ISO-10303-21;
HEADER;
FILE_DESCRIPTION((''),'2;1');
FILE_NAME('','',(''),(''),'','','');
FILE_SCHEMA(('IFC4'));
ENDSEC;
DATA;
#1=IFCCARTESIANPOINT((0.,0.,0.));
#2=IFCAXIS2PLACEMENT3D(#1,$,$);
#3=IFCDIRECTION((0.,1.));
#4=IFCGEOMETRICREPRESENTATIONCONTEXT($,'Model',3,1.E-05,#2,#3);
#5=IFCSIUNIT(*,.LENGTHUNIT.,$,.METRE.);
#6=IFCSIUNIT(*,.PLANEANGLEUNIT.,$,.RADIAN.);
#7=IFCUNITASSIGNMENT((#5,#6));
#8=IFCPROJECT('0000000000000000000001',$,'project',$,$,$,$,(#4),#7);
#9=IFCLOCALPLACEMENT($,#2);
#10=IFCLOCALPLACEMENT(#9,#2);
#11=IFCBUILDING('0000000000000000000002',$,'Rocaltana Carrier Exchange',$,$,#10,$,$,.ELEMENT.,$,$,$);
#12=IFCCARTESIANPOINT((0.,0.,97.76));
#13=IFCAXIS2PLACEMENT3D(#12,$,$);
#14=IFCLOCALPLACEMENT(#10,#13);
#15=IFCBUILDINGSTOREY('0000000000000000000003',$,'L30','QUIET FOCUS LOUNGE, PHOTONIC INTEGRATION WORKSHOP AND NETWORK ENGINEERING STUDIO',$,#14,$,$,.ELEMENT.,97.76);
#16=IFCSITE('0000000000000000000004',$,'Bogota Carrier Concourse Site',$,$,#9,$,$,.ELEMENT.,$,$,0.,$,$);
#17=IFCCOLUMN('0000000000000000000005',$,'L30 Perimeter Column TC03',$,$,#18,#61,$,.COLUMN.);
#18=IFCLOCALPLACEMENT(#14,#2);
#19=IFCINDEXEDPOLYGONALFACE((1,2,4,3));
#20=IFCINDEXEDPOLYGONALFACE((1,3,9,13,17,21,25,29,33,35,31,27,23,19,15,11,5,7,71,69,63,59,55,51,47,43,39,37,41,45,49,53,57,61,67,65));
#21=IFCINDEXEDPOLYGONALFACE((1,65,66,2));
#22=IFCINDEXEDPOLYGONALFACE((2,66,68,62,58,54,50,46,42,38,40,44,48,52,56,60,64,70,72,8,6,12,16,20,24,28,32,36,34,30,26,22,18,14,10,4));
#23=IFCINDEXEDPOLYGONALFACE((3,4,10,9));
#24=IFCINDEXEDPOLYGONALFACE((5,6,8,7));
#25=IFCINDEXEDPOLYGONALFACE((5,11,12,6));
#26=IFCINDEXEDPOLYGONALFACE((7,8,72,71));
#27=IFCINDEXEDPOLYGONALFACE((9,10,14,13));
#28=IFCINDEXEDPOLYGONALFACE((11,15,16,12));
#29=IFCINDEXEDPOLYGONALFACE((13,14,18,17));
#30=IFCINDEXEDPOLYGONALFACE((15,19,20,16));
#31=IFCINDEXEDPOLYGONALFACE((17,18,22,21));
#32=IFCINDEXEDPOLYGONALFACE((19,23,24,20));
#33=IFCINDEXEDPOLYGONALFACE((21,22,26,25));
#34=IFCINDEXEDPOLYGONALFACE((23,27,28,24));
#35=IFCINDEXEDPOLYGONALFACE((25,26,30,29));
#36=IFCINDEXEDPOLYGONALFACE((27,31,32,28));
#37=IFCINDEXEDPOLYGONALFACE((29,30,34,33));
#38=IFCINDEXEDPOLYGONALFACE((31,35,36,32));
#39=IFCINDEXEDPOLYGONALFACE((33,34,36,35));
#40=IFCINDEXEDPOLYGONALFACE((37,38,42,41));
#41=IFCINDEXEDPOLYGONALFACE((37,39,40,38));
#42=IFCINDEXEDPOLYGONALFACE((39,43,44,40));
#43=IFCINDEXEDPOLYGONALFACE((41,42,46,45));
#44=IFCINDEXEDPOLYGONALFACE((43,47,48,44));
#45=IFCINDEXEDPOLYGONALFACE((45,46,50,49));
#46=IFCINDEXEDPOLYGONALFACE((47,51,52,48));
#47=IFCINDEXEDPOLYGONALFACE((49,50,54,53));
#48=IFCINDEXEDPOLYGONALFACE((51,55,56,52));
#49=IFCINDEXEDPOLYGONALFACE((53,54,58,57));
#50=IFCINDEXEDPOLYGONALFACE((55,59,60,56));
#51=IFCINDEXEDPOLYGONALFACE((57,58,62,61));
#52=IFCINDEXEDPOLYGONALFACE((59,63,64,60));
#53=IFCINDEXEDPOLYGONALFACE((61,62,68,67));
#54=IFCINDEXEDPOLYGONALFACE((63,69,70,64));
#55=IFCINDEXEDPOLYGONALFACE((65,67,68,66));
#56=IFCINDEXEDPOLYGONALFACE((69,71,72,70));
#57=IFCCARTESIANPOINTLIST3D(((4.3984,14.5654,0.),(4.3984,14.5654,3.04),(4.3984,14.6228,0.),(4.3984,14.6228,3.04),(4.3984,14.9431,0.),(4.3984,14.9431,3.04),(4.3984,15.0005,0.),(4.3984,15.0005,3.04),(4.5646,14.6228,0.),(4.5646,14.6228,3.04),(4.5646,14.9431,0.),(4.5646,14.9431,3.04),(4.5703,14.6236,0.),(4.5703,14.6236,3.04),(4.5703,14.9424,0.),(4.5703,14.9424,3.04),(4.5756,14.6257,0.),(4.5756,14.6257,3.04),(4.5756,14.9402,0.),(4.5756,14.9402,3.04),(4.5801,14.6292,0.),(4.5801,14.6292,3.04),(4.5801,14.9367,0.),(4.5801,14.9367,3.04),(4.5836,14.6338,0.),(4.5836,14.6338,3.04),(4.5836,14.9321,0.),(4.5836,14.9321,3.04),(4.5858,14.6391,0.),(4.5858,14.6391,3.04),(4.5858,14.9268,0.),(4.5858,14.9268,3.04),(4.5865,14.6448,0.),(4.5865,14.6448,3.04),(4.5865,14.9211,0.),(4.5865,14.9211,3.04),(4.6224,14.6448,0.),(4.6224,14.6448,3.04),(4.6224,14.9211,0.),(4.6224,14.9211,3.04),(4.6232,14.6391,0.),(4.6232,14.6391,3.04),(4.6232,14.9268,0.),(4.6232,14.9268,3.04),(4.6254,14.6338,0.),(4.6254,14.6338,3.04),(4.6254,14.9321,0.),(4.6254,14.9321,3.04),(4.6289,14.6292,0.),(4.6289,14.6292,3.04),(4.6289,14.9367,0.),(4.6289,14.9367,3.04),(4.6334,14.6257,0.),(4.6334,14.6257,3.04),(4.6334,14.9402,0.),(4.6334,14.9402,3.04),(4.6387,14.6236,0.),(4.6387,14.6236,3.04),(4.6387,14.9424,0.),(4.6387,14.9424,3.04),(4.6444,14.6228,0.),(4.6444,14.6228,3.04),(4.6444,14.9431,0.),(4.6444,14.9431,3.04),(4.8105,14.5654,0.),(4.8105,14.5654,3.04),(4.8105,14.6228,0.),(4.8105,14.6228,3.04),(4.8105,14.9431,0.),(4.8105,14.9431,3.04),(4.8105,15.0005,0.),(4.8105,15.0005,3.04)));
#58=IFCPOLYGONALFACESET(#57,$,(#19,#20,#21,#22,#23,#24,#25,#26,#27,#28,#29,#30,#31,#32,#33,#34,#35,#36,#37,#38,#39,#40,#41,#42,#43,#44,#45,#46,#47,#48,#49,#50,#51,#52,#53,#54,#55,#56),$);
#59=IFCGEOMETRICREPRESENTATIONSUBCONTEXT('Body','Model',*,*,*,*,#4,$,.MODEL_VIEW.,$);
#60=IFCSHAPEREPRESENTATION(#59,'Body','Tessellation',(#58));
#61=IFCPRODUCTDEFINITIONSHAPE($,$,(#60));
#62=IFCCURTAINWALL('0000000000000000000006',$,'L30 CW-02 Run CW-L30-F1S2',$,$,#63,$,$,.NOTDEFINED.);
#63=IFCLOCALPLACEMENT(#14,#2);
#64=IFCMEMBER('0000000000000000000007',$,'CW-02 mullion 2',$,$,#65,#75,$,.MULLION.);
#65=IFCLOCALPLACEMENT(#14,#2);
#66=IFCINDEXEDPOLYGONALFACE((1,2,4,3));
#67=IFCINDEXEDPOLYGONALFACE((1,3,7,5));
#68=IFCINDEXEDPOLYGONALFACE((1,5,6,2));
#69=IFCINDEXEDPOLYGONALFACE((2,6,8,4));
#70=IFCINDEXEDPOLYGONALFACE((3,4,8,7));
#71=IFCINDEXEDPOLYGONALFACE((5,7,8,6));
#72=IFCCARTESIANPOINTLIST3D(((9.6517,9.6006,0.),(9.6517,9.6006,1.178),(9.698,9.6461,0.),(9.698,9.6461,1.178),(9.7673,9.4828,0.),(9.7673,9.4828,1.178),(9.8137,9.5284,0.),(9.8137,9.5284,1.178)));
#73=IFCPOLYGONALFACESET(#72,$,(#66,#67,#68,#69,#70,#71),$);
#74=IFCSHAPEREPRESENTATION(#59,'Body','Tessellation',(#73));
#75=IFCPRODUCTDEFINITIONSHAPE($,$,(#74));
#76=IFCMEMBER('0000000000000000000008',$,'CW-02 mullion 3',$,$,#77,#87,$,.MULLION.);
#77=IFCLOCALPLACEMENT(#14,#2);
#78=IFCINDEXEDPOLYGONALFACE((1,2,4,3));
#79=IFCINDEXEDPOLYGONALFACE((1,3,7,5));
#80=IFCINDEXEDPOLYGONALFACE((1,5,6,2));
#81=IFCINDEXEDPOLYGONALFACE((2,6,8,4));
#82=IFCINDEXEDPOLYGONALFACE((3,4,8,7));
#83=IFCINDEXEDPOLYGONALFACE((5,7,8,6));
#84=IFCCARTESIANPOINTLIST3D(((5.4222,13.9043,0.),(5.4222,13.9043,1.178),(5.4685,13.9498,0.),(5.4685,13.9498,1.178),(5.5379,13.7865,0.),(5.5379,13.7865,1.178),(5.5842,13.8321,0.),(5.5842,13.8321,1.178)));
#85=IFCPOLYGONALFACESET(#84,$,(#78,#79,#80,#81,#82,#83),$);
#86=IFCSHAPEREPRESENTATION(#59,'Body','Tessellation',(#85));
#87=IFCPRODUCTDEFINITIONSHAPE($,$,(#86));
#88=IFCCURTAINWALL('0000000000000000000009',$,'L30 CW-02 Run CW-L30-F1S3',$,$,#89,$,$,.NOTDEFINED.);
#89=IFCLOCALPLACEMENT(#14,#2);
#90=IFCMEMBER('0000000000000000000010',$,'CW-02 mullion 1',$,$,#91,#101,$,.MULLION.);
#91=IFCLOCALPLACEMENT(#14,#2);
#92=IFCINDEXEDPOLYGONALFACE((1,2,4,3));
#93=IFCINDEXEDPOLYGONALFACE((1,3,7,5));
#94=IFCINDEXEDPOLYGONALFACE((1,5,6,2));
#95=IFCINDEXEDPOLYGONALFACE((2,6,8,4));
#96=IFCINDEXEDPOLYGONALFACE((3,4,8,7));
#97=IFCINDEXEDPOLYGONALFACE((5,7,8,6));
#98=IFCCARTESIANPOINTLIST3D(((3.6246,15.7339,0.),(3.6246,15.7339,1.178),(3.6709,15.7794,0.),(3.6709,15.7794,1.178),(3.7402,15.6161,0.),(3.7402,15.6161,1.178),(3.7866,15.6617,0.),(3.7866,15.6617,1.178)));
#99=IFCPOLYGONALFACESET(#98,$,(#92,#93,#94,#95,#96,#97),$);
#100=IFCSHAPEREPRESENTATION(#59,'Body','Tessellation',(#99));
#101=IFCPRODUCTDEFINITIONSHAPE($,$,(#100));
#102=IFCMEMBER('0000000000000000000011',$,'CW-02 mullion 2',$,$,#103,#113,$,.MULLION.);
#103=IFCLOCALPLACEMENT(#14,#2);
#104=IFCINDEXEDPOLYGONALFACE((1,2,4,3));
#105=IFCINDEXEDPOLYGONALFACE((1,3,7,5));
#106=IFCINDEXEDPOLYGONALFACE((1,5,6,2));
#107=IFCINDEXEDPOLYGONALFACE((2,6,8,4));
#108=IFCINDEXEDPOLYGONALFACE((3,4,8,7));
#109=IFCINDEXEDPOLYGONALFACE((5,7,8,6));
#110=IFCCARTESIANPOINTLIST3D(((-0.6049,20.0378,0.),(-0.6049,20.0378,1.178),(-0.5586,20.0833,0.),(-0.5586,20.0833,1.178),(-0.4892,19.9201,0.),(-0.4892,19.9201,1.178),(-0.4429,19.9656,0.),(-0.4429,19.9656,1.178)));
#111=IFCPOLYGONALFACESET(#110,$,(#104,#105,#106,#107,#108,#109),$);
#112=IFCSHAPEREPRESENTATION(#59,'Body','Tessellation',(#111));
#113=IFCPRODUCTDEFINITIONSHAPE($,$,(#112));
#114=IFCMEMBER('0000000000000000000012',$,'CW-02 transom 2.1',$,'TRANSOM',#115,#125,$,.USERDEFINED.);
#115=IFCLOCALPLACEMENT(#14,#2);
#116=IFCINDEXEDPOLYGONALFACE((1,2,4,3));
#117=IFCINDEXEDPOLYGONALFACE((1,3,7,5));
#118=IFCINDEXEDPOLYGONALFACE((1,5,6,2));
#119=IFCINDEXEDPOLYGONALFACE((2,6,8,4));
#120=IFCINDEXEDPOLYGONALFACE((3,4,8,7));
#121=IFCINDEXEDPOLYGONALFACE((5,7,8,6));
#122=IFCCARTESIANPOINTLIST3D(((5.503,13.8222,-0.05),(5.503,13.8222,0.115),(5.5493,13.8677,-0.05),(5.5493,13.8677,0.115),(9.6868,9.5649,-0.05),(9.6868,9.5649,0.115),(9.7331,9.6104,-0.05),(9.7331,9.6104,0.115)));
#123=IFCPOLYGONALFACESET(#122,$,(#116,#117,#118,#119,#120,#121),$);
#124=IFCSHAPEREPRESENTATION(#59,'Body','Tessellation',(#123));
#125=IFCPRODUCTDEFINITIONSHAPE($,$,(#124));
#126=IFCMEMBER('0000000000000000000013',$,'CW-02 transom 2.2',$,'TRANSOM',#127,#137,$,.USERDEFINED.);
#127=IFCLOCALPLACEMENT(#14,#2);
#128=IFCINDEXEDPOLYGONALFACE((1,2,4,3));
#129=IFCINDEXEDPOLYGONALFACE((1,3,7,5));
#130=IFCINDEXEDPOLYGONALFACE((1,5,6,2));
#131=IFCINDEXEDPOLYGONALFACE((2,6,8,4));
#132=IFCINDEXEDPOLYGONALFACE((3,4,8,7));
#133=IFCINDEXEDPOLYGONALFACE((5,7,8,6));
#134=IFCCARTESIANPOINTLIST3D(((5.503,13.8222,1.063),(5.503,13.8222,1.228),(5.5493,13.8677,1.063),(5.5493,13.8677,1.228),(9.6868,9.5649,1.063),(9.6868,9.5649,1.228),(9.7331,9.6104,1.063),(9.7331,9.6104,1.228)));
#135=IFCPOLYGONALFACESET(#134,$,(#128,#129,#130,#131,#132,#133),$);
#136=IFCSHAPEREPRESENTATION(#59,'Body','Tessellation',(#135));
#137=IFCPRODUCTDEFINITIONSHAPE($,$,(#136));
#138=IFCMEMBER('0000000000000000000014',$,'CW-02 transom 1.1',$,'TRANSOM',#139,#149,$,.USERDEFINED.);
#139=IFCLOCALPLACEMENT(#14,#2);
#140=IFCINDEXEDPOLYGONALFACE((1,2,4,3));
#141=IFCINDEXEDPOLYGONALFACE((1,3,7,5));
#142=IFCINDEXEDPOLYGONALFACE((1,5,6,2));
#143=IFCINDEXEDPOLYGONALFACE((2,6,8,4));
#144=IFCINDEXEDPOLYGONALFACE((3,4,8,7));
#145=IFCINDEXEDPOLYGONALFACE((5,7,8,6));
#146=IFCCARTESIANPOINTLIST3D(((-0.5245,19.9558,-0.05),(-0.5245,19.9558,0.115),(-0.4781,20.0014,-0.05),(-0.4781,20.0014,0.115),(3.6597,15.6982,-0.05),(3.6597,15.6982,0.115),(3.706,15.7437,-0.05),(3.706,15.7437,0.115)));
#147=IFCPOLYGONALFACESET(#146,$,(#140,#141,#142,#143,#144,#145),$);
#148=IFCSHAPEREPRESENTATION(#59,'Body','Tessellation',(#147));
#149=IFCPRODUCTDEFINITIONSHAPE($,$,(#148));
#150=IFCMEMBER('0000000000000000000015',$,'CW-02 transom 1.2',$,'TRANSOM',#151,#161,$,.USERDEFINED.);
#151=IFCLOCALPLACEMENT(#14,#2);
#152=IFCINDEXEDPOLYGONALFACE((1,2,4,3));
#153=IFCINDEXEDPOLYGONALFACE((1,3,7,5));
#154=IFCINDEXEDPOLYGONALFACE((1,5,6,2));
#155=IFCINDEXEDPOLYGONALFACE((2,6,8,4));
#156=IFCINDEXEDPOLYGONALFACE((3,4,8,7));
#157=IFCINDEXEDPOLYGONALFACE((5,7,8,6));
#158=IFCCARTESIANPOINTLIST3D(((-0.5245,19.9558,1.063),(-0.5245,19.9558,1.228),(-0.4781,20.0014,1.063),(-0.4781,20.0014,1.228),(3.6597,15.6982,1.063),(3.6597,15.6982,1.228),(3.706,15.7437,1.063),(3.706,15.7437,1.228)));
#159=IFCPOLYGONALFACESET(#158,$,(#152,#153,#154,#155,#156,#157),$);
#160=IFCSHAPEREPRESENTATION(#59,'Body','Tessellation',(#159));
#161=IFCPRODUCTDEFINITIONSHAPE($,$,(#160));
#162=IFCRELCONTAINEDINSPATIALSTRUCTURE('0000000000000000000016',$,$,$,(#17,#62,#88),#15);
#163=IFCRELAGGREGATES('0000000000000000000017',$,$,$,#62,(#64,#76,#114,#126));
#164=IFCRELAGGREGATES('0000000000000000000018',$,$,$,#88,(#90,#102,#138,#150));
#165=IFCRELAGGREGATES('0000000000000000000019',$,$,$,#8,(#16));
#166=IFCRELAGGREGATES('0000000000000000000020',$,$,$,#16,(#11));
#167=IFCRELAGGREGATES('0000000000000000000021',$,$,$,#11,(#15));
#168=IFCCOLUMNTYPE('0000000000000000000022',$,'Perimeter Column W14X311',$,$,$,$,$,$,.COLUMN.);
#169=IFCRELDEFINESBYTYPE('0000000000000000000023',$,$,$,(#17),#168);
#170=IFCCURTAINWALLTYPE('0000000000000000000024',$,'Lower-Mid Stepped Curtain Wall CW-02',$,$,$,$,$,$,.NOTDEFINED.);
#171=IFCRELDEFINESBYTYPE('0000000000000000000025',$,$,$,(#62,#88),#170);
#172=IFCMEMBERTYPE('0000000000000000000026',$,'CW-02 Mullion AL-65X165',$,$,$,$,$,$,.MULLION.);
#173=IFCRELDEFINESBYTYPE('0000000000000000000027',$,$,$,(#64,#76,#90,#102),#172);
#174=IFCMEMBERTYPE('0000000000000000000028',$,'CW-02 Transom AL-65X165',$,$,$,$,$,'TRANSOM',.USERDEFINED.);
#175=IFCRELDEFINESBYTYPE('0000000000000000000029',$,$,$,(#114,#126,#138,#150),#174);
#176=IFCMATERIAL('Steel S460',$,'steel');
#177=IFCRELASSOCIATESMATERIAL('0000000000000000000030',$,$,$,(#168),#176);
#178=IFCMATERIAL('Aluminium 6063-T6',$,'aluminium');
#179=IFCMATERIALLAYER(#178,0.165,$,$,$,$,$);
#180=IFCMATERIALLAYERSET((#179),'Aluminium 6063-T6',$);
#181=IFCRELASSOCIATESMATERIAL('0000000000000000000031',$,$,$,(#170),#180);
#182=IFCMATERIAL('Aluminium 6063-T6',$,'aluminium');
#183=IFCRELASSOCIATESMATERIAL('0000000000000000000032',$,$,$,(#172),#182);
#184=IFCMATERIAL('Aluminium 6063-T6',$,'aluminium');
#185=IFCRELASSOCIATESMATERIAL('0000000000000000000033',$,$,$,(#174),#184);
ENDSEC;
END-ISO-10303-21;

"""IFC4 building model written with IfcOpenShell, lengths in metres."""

from ifc_helpers import new_model, si_unit, direction, frame, origin, origin_2d, place, context, subcontext, project, spatial, rectangle, i_section, extrude, material, layer, layer_set, material_profile, profile_set, type_object, element, aggregate, save


model = new_model("IFC4")

# Units and contexts
model_context = context("Model", 3, precision=1e-05, world=origin(), true_north=direction((0.0, 1.0)))
body_context = subcontext(model_context, "Body", "Model", "MODEL_VIEW")
ifc_project = project(units=[si_unit("LENGTHUNIT", "METRE"), si_unit("PLANEANGLEUNIT", "RADIAN")], contexts=[model_context])

# Site, building, storey
site_placement = place(None, origin())
site = spatial("IfcSite", under=ifc_project, at=site_placement, Name="Bogota Carrier Concourse Site", CompositionType="ELEMENT", RefElevation=0.0)
building_placement = place(site_placement, origin())
building = spatial("IfcBuilding", under=site, at=building_placement, Name="Rocaltana Carrier Exchange", CompositionType="ELEMENT")
storey_placement = place(building_placement, frame((0.0, 0.0, 97.76)))
storey = spatial("IfcBuildingStorey", under=building, at=storey_placement, Name="L30", Description="QUIET FOCUS LOUNGE, PHOTONIC INTEGRATION WORKSHOP AND NETWORK ENGINEERING STUDIO", CompositionType="ELEMENT", Elevation=97.76)

# Column
ifc_material_1 = material(Name="Steel S460", Category="steel")
ifc_material_profile_1 = material_profile(ifc_material_1, i_section(OverallWidth=0.4121, OverallDepth=0.4351, WebThickness=0.0359, FlangeThickness=0.0574, FilletRadius=0.022, at=origin_2d()), Name="W14X311")
ifc_profile_set_1 = profile_set([ifc_material_profile_1], Name="Steel S460")
column_type = type_object("IfcColumnType", Name="Perimeter Column W14X311", PredefinedType="COLUMN", material=ifc_profile_set_1)
column_placement = place(storey_placement, frame((4.6045, 14.783, 0.0), z_axis=(0.0, 0.0, 1.0), x_axis=(1.0, 0.0, 0.0)))
element("IfcColumn", 1, at=column_placement, inside=storey, type_object=column_type, Name="L30 Perimeter Column TC03", PredefinedType="COLUMN", context=body_context, shape_type="SweptSolid", body=[
    extrude(i_section(OverallWidth=0.4121, OverallDepth=0.4351, WebThickness=0.0359, FlangeThickness=0.0574, FilletRadius=0.022, at=origin_2d()), origin(), (0.0, 0.0, 1.0), 3.04),
])

# Curtain walls, members
ifc_material_2 = material(Name="Aluminium 6063-T6", Category="aluminium")
ifc_layer_1 = layer(ifc_material_2, 0.165)
ifc_layer_set_1 = layer_set([ifc_layer_1], Name="Aluminium 6063-T6")
curtain_wall_type = type_object("IfcCurtainWallType", Name="Lower-Mid Stepped Curtain Wall CW-02", PredefinedType="NOTDEFINED", material=ifc_layer_set_1)
curtain_wall_1_placement = place(storey_placement, origin())
curtain_wall_1 = element("IfcCurtainWall", 2, at=curtain_wall_1_placement, inside=storey, type_object=curtain_wall_type, Name="L30 CW-02 Run CW-L30-F1S2", PredefinedType="NOTDEFINED")
ifc_material_3 = material(Name="Aluminium 6063-T6", Category="aluminium")
ifc_material_profile_2 = material_profile(ifc_material_3, rectangle(XDim=0.0649, YDim=0.165, at=origin_2d()), Name="AL-65X165")
ifc_profile_set_2 = profile_set([ifc_material_profile_2], Name="Aluminium 6063-T6")
member_type_1 = type_object("IfcMemberType", Name="CW-02 Mullion AL-65X165", PredefinedType="MULLION", material=ifc_profile_set_2)
member_1_placement = place(storey_placement, frame((9.7327, 9.5645, 0.0), z_axis=(0.0, 0.0, 1.0), x_axis=(-0.713245, -0.700915, 0.0)))
member_1 = element("IfcMember", 3, at=member_1_placement, type_object=member_type_1, Name="CW-02 mullion 2", PredefinedType="MULLION", context=body_context, shape_type="SweptSolid", body=[
    extrude(rectangle(XDim=0.0649, YDim=0.165, at=origin_2d()), origin(), (0.0, 0.0, 1.0), 1.178),
])
member_2_placement = place(storey_placement, frame((5.5032, 13.8682, 0.0), z_axis=(0.0, 0.0, 1.0), x_axis=(-0.713245, -0.700915, 0.0)))
member_2 = element("IfcMember", 4, at=member_2_placement, type_object=member_type_1, Name="CW-02 mullion 3", PredefinedType="MULLION", context=body_context, shape_type="SweptSolid", body=[
    extrude(rectangle(XDim=0.0649, YDim=0.165, at=origin_2d()), origin(), (0.0, 0.0, 1.0), 1.178),
])
curtain_wall_2_placement = place(storey_placement, origin())
curtain_wall_2 = element("IfcCurtainWall", 5, at=curtain_wall_2_placement, inside=storey, type_object=curtain_wall_type, Name="L30 CW-02 Run CW-L30-F1S3", PredefinedType="NOTDEFINED")
member_3_placement = place(storey_placement, frame((3.7056, 15.6978, 0.0), z_axis=(0.0, 0.0, 1.0), x_axis=(-0.713245, -0.700915, 0.0)))
member_3 = element("IfcMember", 6, at=member_3_placement, type_object=member_type_1, Name="CW-02 mullion 1", PredefinedType="MULLION", context=body_context, shape_type="SweptSolid", body=[
    extrude(rectangle(XDim=0.0649, YDim=0.165, at=origin_2d()), origin(), (0.0, 0.0, 1.0), 1.178),
])
member_4_placement = place(storey_placement, frame((-0.5239, 20.0017, 0.0), z_axis=(0.0, 0.0, 1.0), x_axis=(-0.713245, -0.700915, 0.0)))
member_4 = element("IfcMember", 7, at=member_4_placement, type_object=member_type_1, Name="CW-02 mullion 2", PredefinedType="MULLION", context=body_context, shape_type="SweptSolid", body=[
    extrude(rectangle(XDim=0.0649, YDim=0.165, at=origin_2d()), origin(), (0.0, 0.0, 1.0), 1.178),
])

# Members
ifc_material_4 = material(Name="Aluminium 6063-T6", Category="aluminium")
ifc_material_profile_3 = material_profile(ifc_material_4, rectangle(XDim=0.0649, YDim=0.165, at=origin_2d()), Name="AL-65X165")
ifc_profile_set_3 = profile_set([ifc_material_profile_3], Name="Aluminium 6063-T6")
member_type_2 = type_object("IfcMemberType", Name="CW-02 Transom AL-65X165", ElementType="TRANSOM", PredefinedType="USERDEFINED", material=ifc_profile_set_3)
member_5_placement = place(storey_placement, frame((9.71, 9.5876, 0.0325), z_axis=(-0.700924, 0.713236, 0.0), x_axis=(-0.713236, -0.700924, 0.0)))
member_5 = element("IfcMember", 8, at=member_5_placement, type_object=member_type_2, Name="CW-02 transom 2.1", ObjectType="TRANSOM", PredefinedType="USERDEFINED", context=body_context, shape_type="SweptSolid", body=[
    extrude(rectangle(XDim=0.0649, YDim=0.165, at=origin_2d()), origin(), (0.0, 0.0, 1.0), 5.969),
])
member_6_placement = place(storey_placement, frame((9.71, 9.5876, 1.1455), z_axis=(-0.700924, 0.713236, 0.0), x_axis=(-0.713236, -0.700924, 0.0)))
member_6 = element("IfcMember", 9, at=member_6_placement, type_object=member_type_2, Name="CW-02 transom 2.2", ObjectType="TRANSOM", PredefinedType="USERDEFINED", context=body_context, shape_type="SweptSolid", body=[
    extrude(rectangle(XDim=0.0649, YDim=0.165, at=origin_2d()), origin(), (0.0, 0.0, 1.0), 5.969),
])
member_7_placement = place(storey_placement, frame((3.6829, 15.7209, 0.0325), z_axis=(-0.700925, 0.713235, 0.0), x_axis=(-0.713235, -0.700925, 0.0)))
member_7 = element("IfcMember", 10, at=member_7_placement, type_object=member_type_2, Name="CW-02 transom 1.1", ObjectType="TRANSOM", PredefinedType="USERDEFINED", context=body_context, shape_type="SweptSolid", body=[
    extrude(rectangle(XDim=0.0649, YDim=0.165, at=origin_2d()), origin(), (0.0, 0.0, 1.0), 5.9695),
])
member_8_placement = place(storey_placement, frame((3.6829, 15.7209, 1.1455), z_axis=(-0.700925, 0.713235, 0.0), x_axis=(-0.713235, -0.700925, 0.0)))
member_8 = element("IfcMember", 11, at=member_8_placement, type_object=member_type_2, Name="CW-02 transom 1.2", ObjectType="TRANSOM", PredefinedType="USERDEFINED", context=body_context, shape_type="SweptSolid", body=[
    extrude(rectangle(XDim=0.0649, YDim=0.165, at=origin_2d()), origin(), (0.0, 0.0, 1.0), 5.9695),
])

aggregate(curtain_wall_1, [member_1, member_2, member_5, member_6])
aggregate(curtain_wall_2, [member_3, member_4, member_7, member_8])

save(model, "model.ifc")
